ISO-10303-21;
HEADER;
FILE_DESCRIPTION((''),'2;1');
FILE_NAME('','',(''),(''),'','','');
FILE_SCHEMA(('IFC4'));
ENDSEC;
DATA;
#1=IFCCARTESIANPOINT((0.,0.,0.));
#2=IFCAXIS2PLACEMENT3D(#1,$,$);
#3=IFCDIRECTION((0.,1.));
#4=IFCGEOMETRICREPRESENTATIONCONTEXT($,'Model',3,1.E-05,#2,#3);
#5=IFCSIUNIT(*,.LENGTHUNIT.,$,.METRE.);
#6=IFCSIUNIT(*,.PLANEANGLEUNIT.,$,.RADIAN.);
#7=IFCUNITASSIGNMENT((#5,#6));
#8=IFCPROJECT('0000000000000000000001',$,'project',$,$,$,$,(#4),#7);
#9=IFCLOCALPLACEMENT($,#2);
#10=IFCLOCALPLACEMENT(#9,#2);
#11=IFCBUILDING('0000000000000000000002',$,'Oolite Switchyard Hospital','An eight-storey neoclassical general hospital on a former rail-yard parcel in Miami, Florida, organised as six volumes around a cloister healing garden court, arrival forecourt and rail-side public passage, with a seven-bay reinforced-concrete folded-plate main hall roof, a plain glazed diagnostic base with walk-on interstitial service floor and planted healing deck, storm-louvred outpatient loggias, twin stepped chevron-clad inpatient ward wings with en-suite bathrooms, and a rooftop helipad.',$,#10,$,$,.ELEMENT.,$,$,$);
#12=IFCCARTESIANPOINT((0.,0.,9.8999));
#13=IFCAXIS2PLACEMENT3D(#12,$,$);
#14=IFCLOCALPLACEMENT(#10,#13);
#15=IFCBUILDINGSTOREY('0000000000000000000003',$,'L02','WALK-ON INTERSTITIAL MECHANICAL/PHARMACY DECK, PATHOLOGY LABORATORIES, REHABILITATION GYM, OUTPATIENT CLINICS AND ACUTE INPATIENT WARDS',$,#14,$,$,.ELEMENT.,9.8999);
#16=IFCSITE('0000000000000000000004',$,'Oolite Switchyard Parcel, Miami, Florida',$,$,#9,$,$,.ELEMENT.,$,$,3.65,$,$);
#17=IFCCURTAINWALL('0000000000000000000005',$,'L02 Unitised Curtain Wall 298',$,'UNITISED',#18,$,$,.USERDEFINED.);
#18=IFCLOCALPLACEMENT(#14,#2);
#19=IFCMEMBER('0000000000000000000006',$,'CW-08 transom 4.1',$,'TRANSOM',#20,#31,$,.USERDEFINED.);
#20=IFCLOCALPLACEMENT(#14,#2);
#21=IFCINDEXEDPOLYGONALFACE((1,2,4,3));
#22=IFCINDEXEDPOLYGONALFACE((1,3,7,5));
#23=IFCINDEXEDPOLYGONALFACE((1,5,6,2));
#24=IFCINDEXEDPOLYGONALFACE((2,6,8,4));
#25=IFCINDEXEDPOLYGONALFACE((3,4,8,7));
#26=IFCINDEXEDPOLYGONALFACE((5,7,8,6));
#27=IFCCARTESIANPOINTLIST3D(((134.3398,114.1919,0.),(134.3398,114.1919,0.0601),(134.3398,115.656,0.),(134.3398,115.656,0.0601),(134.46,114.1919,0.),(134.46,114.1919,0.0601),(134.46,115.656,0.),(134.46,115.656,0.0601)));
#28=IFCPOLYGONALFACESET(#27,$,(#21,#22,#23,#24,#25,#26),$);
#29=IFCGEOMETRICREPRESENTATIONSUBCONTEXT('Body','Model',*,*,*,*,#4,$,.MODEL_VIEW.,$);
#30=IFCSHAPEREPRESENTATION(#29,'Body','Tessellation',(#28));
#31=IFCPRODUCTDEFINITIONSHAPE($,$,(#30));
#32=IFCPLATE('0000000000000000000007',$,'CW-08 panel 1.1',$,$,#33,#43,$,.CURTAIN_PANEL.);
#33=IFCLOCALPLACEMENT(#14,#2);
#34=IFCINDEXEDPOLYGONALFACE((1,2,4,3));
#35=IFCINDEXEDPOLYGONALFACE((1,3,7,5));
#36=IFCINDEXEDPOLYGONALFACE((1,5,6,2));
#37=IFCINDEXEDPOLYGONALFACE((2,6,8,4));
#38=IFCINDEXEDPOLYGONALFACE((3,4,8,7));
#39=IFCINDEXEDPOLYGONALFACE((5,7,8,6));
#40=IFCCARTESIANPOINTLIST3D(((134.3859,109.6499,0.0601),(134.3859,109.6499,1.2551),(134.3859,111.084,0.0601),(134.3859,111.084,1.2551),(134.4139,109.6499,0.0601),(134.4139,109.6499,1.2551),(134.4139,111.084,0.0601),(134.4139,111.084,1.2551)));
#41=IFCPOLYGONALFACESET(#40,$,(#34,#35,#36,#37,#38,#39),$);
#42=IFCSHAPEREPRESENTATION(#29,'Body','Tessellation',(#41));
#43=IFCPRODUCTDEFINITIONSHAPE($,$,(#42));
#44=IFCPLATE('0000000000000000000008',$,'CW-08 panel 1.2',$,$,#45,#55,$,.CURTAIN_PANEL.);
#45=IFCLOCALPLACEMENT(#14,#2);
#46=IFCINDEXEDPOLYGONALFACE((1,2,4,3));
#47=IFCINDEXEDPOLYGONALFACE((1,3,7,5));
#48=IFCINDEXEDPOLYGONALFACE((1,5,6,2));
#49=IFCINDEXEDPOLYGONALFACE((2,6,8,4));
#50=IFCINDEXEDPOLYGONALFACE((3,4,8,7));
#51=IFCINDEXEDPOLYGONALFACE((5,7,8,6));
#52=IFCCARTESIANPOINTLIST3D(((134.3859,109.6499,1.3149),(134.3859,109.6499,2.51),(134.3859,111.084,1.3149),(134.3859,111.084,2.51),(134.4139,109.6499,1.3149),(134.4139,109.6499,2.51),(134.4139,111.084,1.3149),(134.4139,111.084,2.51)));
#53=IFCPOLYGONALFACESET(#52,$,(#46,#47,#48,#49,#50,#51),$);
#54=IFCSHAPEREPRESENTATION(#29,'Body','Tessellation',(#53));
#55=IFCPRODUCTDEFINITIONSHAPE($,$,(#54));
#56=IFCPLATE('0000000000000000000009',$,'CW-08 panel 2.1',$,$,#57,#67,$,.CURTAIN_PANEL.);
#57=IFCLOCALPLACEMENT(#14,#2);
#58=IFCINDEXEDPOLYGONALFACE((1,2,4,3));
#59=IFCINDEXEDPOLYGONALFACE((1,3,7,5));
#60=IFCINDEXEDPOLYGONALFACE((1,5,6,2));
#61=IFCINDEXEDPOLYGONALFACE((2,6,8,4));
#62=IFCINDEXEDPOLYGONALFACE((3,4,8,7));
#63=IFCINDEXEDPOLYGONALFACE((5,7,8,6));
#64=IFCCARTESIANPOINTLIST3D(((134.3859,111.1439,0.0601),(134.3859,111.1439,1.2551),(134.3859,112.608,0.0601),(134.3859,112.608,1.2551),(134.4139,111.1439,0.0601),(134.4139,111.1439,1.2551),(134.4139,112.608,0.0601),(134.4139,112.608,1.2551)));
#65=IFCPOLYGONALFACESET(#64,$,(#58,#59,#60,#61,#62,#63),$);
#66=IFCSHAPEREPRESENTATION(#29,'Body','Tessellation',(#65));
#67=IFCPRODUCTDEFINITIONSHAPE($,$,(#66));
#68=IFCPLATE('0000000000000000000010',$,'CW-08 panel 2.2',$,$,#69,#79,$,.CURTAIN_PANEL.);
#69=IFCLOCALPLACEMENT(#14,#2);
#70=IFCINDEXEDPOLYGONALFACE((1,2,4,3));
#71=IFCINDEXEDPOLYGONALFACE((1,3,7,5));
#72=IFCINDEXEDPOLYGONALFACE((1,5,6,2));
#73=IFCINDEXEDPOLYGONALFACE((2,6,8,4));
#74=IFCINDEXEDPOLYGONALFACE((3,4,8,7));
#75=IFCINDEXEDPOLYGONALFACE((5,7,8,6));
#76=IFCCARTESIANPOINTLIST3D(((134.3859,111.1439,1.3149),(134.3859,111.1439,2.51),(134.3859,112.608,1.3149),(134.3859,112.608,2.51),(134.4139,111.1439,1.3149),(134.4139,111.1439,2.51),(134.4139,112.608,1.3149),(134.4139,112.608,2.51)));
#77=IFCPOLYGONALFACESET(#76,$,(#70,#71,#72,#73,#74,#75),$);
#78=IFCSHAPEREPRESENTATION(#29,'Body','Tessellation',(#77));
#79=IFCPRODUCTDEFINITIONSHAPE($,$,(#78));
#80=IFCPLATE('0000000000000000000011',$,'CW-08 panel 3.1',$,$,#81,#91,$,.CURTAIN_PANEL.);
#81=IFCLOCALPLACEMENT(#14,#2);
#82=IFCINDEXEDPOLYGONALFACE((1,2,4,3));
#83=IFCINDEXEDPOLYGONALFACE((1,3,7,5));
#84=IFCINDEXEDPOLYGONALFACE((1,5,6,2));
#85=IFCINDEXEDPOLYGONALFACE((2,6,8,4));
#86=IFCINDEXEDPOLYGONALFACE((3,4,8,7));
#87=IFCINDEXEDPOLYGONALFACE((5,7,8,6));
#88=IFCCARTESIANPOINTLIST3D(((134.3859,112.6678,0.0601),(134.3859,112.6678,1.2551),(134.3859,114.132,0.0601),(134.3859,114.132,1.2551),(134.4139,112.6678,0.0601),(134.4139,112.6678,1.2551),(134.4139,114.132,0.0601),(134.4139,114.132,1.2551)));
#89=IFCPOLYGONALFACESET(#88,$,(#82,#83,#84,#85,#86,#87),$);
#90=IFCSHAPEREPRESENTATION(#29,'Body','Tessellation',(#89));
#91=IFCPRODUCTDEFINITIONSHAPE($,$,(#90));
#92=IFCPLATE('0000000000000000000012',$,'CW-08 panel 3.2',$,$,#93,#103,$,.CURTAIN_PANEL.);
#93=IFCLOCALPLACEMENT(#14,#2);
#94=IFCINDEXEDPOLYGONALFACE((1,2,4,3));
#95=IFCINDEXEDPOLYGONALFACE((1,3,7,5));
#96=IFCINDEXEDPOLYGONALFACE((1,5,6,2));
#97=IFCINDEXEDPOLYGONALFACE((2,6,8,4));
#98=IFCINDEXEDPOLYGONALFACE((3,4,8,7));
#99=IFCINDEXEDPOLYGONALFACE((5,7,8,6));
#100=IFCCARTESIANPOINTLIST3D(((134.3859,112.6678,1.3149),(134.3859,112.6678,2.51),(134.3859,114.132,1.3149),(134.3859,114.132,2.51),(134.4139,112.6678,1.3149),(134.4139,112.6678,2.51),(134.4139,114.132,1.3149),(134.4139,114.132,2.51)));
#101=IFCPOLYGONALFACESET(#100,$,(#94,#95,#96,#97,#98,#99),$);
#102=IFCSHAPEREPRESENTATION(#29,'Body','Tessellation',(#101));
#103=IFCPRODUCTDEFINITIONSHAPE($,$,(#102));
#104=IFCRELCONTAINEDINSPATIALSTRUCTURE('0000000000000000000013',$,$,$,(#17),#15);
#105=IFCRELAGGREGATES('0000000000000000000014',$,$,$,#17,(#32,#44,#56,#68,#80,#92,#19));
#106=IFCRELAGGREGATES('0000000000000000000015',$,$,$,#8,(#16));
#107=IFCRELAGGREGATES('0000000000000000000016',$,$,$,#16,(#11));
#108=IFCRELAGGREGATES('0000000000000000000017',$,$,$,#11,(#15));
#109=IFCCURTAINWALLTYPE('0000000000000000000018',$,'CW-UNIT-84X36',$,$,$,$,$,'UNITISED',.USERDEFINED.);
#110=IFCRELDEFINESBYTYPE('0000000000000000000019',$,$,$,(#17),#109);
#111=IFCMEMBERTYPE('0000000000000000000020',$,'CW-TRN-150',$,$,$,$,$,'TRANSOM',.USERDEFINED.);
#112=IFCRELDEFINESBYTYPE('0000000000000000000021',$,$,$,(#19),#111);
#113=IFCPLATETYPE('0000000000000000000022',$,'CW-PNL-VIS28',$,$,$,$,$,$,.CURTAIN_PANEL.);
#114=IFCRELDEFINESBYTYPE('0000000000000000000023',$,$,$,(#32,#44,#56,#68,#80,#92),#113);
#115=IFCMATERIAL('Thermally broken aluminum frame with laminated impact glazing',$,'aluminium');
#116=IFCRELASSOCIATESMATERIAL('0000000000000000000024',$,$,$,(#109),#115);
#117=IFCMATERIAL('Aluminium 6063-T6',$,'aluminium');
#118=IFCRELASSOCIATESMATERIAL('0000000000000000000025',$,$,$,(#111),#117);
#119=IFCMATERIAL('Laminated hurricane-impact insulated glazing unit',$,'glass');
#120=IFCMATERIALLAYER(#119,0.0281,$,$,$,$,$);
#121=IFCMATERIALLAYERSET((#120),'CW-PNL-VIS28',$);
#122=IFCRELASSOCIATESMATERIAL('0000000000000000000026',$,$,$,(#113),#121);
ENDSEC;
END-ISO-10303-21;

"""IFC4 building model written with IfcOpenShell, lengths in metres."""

from ifc_helpers import new_model, si_unit, direction, frame, origin, origin_2d, place, context, subcontext, project, spatial, rectangle, extrude, material, layer, layer_set, material_profile, profile_set, type_object, element, aggregate, save


model = new_model("IFC4")

# Units and contexts
model_context = context("Model", 3, precision=1e-05, world=origin(), true_north=direction((0.0, 1.0)))
body_context = subcontext(model_context, "Body", "Model", "MODEL_VIEW")
ifc_project = project(units=[si_unit("LENGTHUNIT", "METRE"), si_unit("PLANEANGLEUNIT", "RADIAN")], contexts=[model_context])

# Site, building, storey
site_placement = place(None, origin())
site = spatial("IfcSite", under=ifc_project, at=site_placement, Name="Oolite Switchyard Parcel, Miami, Florida", CompositionType="ELEMENT", RefElevation=3.65)
building_placement = place(site_placement, origin())
building = spatial("IfcBuilding", under=site, at=building_placement, Name="Oolite Switchyard Hospital", Description="An eight-storey neoclassical general hospital on a former rail-yard parcel in Miami, Florida, organised as six volumes around a cloister healing garden court, arrival forecourt and rail-side public passage, with a seven-bay reinforced-concrete folded-plate main hall roof, a plain glazed diagnostic base with walk-on interstitial service floor and planted healing deck, storm-louvred outpatient loggias, twin stepped chevron-clad inpatient ward wings with en-suite bathrooms, and a rooftop helipad.", CompositionType="ELEMENT")
storey_placement = place(building_placement, frame((0.0, 0.0, 9.8999)))
storey = spatial("IfcBuildingStorey", under=building, at=storey_placement, Name="L02", Description="WALK-ON INTERSTITIAL MECHANICAL/PHARMACY DECK, PATHOLOGY LABORATORIES, REHABILITATION GYM, OUTPATIENT CLINICS AND ACUTE INPATIENT WARDS", CompositionType="ELEMENT", Elevation=9.8999)

# Curtain wall, member, plates
ifc_material_1 = material(Name="Thermally broken aluminum frame with laminated impact glazing", Category="aluminium")
curtain_wall_type = type_object("IfcCurtainWallType", Name="CW-UNIT-84X36", ElementType="UNITISED", PredefinedType="USERDEFINED", material=ifc_material_1)
curtain_wall_placement = place(storey_placement, origin())
curtain_wall = element("IfcCurtainWall", 1, at=curtain_wall_placement, inside=storey, type_object=curtain_wall_type, Name="L02 Unitised Curtain Wall 298", ObjectType="UNITISED", PredefinedType="USERDEFINED")
ifc_material_2 = material(Name="Aluminium 6063-T6", Category="aluminium")
ifc_material_profile_1 = material_profile(ifc_material_2, rectangle(XDim=0.1201, YDim=0.0601, at=origin_2d()), Name="CWT60X120")
ifc_profile_set_1 = profile_set([ifc_material_profile_1], Name="Aluminium 6063-T6")
member_type_1 = type_object("IfcMemberType", Name="CW-TRN-150", ElementType="TRANSOM", PredefinedType="USERDEFINED", material=ifc_profile_set_1)
member_1_placement = place(storey_placement, frame((134.3999, 114.1919, 0.03), z_axis=(0.0, 1.0, 0.0), x_axis=(-1.0, 0.0, 0.0)))
member_1 = element("IfcMember", 2, at=member_1_placement, type_object=member_type_1, Name="CW-08 transom 4.1", ObjectType="TRANSOM", PredefinedType="USERDEFINED", context=body_context, shape_type="SweptSolid", body=[
    extrude(rectangle(XDim=0.1201, YDim=0.0601, at=origin_2d()), origin(), (0.0, 0.0, 1.0), 1.4641),
])
ifc_material_3 = material(Name="Laminated hurricane-impact insulated glazing unit", Category="glass")
ifc_layer = layer(ifc_material_3, 0.0281)
ifc_layer_set = layer_set([ifc_layer], Name="CW-PNL-VIS28")
plate_type = type_object("IfcPlateType", Name="CW-PNL-VIS28", PredefinedType="CURTAIN_PANEL", material=ifc_layer_set)
plate_1_placement = place(storey_placement, frame((134.3999, 110.3669, 0.0601), z_axis=(0.0, 0.0, 1.0), x_axis=(0.0, 1.0, 0.0)))
plate_1 = element("IfcPlate", 3, at=plate_1_placement, type_object=plate_type, Name="CW-08 panel 1.1", PredefinedType="CURTAIN_PANEL", context=body_context, shape_type="SweptSolid", body=[
    extrude(rectangle(XDim=1.4341, YDim=0.0281, at=origin_2d()), origin(), (0.0, 0.0, 1.0), 1.1951),
])
plate_2_placement = place(storey_placement, frame((134.3999, 110.3669, 1.3149), z_axis=(0.0, 0.0, 1.0), x_axis=(0.0, 1.0, 0.0)))
plate_2 = element("IfcPlate", 4, at=plate_2_placement, type_object=plate_type, Name="CW-08 panel 1.2", PredefinedType="CURTAIN_PANEL", context=body_context, shape_type="SweptSolid", body=[
    extrude(rectangle(XDim=1.4341, YDim=0.0281, at=origin_2d()), origin(), (0.0, 0.0, 1.0), 1.1951),
])
plate_3_placement = place(storey_placement, frame((134.3999, 111.876, 0.0601), z_axis=(0.0, 0.0, 1.0), x_axis=(0.0, 1.0, 0.0)))
plate_3 = element("IfcPlate", 5, at=plate_3_placement, type_object=plate_type, Name="CW-08 panel 2.1", PredefinedType="CURTAIN_PANEL", context=body_context, shape_type="SweptSolid", body=[
    extrude(rectangle(XDim=1.4641, YDim=0.0281, at=origin_2d()), origin(), (0.0, 0.0, 1.0), 1.1951),
])
plate_4_placement = place(storey_placement, frame((134.3999, 111.876, 1.3149), z_axis=(0.0, 0.0, 1.0), x_axis=(0.0, 1.0, 0.0)))
plate_4 = element("IfcPlate", 6, at=plate_4_placement, type_object=plate_type, Name="CW-08 panel 2.2", PredefinedType="CURTAIN_PANEL", context=body_context, shape_type="SweptSolid", body=[
    extrude(rectangle(XDim=1.4641, YDim=0.0281, at=origin_2d()), origin(), (0.0, 0.0, 1.0), 1.1951),
])
plate_5_placement = place(storey_placement, frame((134.3999, 113.3999, 0.0601), z_axis=(0.0, 0.0, 1.0), x_axis=(0.0, 1.0, 0.0)))
plate_5 = element("IfcPlate", 7, at=plate_5_placement, type_object=plate_type, Name="CW-08 panel 3.1", PredefinedType="CURTAIN_PANEL", context=body_context, shape_type="SweptSolid", body=[
    extrude(rectangle(XDim=1.4641, YDim=0.0281, at=origin_2d()), origin(), (0.0, 0.0, 1.0), 1.1951),
])
plate_6_placement = place(storey_placement, frame((134.3999, 113.3999, 1.3149), z_axis=(0.0, 0.0, 1.0), x_axis=(0.0, 1.0, 0.0)))
plate_6 = element("IfcPlate", 8, at=plate_6_placement, type_object=plate_type, Name="CW-08 panel 3.2", PredefinedType="CURTAIN_PANEL", context=body_context, shape_type="SweptSolid", body=[
    extrude(rectangle(XDim=1.4641, YDim=0.0281, at=origin_2d()), origin(), (0.0, 0.0, 1.0), 1.1951),
])
aggregate(curtain_wall, [plate_1, plate_2, plate_3, plate_4, plate_5, plate_6, member_1])

save(model, "model.ifc")
